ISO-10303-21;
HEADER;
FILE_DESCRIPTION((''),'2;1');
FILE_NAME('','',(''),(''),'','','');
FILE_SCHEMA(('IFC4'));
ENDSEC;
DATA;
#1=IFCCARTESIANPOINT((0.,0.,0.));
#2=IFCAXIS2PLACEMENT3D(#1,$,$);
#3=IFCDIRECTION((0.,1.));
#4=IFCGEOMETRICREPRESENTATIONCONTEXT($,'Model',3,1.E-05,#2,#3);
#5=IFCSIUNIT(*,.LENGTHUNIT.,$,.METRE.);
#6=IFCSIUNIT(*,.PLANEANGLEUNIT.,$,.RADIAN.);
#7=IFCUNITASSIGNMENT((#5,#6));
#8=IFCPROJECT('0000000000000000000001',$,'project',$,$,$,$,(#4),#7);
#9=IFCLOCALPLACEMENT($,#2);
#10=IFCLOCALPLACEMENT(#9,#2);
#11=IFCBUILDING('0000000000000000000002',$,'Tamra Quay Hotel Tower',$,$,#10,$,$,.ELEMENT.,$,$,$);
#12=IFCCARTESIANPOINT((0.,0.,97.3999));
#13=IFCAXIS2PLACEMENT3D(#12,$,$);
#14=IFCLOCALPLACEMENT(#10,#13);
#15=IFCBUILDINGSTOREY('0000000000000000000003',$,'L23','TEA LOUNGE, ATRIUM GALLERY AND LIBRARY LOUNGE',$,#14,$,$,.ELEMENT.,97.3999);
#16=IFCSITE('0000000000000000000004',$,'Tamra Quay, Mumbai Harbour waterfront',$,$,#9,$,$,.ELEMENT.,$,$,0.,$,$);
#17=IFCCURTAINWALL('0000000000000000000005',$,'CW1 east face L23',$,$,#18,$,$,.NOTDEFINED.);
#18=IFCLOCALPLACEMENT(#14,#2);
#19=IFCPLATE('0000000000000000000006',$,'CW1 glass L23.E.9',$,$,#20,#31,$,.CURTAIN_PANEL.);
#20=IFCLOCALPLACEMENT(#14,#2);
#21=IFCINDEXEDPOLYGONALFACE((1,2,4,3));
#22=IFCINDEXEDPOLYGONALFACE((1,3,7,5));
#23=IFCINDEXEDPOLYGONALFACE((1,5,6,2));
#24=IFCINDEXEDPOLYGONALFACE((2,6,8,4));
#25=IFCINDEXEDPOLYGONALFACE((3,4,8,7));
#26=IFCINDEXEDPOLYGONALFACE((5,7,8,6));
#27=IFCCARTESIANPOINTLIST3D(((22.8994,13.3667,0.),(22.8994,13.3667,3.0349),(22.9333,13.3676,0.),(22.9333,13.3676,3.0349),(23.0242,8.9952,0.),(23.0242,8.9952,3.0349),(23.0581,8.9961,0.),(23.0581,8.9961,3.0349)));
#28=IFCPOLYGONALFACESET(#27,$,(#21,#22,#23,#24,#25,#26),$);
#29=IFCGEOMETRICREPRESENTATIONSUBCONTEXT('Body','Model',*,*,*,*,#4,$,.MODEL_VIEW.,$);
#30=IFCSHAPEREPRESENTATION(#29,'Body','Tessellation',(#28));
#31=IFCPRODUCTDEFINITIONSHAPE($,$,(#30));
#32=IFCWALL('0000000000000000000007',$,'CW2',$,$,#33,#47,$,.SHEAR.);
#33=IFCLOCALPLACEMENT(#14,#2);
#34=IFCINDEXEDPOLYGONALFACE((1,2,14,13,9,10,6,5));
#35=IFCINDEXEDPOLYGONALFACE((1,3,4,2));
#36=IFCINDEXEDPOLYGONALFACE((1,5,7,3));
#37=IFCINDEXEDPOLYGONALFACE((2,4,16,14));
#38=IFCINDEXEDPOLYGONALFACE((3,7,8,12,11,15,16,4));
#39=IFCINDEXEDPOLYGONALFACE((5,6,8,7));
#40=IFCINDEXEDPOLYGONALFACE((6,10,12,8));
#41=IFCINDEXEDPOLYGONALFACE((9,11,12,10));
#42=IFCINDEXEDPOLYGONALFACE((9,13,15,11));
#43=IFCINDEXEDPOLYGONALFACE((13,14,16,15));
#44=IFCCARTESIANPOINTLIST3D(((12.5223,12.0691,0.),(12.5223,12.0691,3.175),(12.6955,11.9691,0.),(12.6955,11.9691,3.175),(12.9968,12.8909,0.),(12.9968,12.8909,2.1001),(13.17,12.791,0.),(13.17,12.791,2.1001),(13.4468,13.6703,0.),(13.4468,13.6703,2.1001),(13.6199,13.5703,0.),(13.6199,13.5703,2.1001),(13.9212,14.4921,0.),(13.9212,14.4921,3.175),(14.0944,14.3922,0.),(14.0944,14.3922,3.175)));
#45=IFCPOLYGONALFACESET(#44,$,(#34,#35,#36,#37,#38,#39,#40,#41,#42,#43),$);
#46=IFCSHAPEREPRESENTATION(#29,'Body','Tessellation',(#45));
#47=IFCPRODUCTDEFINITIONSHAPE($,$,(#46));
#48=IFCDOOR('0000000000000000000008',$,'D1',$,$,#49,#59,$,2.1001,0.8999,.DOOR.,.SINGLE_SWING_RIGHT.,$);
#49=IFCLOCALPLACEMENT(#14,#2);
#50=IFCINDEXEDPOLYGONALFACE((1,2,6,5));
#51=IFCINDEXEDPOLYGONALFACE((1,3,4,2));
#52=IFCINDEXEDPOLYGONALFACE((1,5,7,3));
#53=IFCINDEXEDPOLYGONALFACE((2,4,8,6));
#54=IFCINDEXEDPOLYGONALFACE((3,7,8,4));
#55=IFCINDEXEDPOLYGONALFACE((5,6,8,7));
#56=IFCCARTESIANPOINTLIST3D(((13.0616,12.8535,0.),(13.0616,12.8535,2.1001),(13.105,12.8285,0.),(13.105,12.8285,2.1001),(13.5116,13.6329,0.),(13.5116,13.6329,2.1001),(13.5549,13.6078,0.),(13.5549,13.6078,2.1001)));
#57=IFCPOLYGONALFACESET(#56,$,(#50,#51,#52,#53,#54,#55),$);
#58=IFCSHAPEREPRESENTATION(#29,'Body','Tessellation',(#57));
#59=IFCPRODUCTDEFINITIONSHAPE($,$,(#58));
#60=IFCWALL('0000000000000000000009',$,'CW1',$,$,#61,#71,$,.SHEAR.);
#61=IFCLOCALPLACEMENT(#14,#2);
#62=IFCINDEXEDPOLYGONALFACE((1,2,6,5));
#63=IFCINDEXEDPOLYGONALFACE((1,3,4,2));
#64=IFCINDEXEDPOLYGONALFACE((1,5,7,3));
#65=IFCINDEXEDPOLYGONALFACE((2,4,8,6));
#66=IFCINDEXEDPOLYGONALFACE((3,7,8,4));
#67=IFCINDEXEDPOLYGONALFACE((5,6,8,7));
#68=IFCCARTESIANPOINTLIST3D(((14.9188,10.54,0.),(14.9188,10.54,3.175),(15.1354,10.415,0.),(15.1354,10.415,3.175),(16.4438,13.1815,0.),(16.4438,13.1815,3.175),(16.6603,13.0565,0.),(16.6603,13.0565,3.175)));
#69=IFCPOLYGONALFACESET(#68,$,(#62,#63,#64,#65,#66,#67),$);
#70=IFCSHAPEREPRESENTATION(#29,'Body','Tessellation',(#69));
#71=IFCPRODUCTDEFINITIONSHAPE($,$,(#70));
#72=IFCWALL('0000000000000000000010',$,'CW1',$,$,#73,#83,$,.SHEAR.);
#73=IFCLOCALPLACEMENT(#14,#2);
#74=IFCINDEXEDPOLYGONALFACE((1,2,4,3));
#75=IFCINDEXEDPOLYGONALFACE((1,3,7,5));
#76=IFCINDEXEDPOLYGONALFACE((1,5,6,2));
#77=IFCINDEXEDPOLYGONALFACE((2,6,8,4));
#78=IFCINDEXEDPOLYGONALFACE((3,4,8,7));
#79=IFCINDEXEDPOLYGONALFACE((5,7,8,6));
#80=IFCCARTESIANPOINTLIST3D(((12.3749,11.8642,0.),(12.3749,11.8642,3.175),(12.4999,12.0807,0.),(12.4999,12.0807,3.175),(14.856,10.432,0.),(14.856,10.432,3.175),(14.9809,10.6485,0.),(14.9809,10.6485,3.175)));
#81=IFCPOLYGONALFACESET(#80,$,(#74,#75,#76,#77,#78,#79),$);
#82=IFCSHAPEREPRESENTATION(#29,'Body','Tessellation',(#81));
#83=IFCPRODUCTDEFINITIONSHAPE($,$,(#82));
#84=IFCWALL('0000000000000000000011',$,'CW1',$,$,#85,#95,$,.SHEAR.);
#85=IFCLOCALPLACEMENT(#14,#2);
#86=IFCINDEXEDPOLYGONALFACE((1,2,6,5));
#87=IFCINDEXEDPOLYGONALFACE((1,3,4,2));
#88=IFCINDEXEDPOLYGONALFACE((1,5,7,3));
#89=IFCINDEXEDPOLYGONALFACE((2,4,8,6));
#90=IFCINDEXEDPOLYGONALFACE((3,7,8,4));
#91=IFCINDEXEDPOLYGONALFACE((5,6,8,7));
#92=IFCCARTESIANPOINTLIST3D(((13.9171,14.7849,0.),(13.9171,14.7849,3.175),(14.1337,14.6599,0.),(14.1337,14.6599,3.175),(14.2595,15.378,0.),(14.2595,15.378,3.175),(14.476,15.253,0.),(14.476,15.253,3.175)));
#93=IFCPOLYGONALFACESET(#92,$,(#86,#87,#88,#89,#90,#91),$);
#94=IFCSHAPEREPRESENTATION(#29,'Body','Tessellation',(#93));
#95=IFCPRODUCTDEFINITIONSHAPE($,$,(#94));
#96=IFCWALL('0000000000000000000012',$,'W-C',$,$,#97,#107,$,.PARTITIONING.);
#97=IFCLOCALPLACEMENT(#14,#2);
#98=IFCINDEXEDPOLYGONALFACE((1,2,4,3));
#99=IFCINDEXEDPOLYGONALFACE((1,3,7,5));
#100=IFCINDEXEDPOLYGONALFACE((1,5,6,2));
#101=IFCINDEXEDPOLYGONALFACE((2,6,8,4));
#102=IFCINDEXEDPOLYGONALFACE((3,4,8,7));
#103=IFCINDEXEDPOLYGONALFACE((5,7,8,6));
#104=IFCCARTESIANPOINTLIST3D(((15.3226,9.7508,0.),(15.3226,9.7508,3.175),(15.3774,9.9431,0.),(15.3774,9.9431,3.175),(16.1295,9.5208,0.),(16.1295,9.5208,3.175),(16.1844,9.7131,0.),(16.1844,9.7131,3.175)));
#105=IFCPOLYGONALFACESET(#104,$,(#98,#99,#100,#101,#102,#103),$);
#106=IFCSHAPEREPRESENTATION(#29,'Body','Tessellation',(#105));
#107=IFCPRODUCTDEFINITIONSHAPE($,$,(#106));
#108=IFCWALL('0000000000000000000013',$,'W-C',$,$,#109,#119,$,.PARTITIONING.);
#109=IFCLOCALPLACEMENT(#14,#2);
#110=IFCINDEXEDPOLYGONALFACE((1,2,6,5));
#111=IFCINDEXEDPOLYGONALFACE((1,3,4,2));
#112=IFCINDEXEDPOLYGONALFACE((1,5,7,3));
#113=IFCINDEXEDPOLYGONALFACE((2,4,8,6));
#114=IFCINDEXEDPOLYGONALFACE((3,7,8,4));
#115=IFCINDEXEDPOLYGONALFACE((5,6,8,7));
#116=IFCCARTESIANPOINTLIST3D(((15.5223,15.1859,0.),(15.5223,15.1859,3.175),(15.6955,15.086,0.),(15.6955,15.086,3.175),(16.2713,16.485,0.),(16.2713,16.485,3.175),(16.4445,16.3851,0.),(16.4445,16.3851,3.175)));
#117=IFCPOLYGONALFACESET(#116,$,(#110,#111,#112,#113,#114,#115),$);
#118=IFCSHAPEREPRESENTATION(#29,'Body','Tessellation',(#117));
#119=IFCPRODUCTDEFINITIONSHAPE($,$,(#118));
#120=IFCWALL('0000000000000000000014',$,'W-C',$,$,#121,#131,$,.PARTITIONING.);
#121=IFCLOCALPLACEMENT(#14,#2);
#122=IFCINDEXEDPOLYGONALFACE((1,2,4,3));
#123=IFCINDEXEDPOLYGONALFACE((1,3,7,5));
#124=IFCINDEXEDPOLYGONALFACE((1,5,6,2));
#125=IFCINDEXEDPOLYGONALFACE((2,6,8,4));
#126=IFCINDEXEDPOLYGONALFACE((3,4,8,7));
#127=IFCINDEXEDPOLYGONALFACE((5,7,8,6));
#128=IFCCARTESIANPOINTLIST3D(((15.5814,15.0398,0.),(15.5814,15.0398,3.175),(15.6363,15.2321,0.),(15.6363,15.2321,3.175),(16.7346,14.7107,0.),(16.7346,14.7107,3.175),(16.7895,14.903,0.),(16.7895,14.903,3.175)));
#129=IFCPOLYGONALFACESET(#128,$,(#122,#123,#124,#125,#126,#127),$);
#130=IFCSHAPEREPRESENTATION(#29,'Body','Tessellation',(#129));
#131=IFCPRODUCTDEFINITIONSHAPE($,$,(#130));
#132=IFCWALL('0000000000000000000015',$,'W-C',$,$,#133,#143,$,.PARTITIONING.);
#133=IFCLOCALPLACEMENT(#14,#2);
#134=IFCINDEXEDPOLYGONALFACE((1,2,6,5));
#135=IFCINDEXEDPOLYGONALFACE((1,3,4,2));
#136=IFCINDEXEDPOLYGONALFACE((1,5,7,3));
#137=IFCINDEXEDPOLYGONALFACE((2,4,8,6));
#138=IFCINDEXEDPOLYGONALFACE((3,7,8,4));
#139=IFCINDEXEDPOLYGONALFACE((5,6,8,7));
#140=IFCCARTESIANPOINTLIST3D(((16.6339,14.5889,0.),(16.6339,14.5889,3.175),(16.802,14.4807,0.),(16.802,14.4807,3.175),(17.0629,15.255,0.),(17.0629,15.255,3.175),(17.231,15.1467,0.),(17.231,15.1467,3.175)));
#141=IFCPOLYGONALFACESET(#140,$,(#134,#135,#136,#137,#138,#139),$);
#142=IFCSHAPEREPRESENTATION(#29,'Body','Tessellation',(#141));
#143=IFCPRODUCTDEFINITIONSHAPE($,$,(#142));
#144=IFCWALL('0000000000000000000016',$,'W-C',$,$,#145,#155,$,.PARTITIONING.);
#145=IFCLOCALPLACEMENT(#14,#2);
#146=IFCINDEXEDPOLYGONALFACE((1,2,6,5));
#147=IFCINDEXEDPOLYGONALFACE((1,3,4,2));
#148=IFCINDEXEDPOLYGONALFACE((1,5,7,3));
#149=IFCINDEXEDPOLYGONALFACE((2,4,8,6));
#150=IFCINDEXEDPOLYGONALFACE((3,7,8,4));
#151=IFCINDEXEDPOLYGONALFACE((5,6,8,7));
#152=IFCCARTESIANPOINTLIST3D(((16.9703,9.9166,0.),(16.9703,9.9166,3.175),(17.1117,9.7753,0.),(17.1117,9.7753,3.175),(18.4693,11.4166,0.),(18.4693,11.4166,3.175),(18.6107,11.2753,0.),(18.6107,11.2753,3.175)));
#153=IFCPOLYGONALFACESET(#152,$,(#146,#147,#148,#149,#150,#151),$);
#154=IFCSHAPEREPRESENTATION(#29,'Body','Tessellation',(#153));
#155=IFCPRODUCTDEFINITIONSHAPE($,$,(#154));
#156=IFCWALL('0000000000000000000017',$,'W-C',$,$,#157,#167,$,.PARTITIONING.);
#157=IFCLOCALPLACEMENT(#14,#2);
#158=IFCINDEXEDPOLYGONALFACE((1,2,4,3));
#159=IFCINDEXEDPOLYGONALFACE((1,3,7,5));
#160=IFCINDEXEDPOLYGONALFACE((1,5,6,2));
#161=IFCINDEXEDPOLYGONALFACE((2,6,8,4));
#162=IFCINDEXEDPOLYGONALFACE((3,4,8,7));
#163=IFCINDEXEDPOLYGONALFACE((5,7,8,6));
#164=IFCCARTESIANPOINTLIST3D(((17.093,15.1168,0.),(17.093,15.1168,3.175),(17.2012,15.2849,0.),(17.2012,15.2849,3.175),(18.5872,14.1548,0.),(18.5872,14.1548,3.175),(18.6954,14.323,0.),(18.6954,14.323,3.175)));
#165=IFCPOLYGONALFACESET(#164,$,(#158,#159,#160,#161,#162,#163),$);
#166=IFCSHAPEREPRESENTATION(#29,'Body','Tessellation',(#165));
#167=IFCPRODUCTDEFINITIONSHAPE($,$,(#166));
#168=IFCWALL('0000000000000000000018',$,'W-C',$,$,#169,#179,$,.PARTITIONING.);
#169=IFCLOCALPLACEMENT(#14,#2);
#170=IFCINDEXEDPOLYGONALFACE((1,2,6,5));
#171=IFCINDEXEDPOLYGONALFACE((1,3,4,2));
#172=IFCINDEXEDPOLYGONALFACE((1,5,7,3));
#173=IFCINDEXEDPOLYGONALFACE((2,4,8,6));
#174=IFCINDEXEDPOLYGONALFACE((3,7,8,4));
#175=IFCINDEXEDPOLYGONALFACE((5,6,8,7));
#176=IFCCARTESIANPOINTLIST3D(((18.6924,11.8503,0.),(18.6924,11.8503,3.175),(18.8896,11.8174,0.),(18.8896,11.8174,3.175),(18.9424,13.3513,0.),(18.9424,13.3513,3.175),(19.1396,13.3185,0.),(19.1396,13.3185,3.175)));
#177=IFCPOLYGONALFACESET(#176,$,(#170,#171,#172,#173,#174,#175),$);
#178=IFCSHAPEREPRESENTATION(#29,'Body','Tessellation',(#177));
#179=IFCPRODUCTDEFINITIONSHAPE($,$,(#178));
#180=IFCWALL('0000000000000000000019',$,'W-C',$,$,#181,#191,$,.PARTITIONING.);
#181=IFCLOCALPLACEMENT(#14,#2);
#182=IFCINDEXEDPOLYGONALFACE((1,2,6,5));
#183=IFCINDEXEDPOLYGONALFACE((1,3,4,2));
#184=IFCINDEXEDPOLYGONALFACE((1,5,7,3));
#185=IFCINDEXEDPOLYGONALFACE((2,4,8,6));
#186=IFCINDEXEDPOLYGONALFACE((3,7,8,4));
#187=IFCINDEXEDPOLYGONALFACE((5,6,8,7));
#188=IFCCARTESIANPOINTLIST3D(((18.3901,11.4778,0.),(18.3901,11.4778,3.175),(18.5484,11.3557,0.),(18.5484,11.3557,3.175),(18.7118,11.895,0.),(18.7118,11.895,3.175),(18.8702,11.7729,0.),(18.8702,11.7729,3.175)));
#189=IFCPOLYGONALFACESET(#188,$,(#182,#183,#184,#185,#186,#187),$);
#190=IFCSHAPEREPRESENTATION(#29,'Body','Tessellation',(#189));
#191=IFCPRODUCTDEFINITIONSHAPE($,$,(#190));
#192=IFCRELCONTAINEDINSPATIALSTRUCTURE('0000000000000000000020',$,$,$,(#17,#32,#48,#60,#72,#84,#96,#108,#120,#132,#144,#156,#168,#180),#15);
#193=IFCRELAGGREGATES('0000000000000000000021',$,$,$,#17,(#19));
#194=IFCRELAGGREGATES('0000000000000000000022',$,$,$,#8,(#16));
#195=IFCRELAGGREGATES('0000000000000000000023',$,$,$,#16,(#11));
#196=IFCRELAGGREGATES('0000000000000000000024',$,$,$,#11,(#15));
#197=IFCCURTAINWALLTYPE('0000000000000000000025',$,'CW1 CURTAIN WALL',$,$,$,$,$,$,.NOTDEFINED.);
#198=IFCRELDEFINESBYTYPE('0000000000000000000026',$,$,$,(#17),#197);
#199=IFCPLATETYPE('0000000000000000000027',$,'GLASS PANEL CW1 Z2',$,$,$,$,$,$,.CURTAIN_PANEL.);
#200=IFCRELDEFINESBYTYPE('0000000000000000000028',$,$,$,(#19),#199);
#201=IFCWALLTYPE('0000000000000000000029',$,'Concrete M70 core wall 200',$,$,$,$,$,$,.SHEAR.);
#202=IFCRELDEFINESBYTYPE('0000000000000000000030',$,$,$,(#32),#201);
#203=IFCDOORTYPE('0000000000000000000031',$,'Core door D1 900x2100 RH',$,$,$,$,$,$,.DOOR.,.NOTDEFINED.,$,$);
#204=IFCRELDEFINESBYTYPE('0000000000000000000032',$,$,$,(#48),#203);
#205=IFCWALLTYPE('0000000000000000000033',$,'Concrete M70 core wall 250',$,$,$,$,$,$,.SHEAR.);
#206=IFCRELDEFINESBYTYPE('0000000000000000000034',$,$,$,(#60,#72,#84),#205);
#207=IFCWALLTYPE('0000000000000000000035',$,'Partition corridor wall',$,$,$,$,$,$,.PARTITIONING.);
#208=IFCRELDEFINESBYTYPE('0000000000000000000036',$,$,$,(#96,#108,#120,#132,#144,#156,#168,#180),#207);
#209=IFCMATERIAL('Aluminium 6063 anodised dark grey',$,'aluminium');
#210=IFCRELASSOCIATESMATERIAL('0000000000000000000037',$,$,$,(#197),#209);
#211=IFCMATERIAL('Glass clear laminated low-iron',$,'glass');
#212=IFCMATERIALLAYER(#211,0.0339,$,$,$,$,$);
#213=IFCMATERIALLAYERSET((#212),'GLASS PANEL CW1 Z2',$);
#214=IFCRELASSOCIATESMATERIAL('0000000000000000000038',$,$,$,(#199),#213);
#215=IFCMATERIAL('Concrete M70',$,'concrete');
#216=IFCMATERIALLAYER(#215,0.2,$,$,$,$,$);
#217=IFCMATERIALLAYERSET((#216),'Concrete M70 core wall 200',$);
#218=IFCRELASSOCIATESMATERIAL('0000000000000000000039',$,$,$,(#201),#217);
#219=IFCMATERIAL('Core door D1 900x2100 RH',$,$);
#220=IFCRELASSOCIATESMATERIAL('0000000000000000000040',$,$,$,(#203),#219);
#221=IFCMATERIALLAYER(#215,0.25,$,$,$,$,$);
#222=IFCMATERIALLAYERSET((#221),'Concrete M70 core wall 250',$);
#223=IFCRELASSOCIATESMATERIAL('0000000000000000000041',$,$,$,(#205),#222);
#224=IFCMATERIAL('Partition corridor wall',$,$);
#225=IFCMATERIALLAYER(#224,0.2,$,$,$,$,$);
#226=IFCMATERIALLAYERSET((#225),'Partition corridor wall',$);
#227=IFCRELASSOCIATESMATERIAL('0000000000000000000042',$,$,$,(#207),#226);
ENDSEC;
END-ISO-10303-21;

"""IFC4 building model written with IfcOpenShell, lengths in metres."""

from ifc_helpers import new_model, si_unit, direction, frame, frame_2d, origin, origin_2d, place, context, subcontext, project, spatial, rectangle, extrude, material, layer, layer_set, type_object, element, fill, aggregate, save


model = new_model("IFC4")

# Units and contexts
model_context = context("Model", 3, precision=1e-05, world=origin(), true_north=direction((0.0, 1.0)))
body_context = subcontext(model_context, "Body", "Model", "MODEL_VIEW")
ifc_project = project(units=[si_unit("LENGTHUNIT", "METRE"), si_unit("PLANEANGLEUNIT", "RADIAN")], contexts=[model_context])

# Site, building, storey
site_placement = place(None, origin())
site = spatial("IfcSite", under=ifc_project, at=site_placement, Name="Tamra Quay, Mumbai Harbour waterfront", CompositionType="ELEMENT", RefElevation=0.0)
building_placement = place(site_placement, origin())
building = spatial("IfcBuilding", under=site, at=building_placement, Name="Tamra Quay Hotel Tower", CompositionType="ELEMENT")
storey_placement = place(building_placement, frame((0.0, 0.0, 97.3999)))
storey = spatial("IfcBuildingStorey", under=building, at=storey_placement, Name="L23", Description="TEA LOUNGE, ATRIUM GALLERY AND LIBRARY LOUNGE", CompositionType="ELEMENT", Elevation=97.3999)

# Shared definitions
ifc_material_1 = material(Name="Concrete M70", Category="concrete")

# Curtain wall
ifc_material_2 = material(Name="Aluminium 6063 anodised dark grey", Category="aluminium")
curtain_wall_type = type_object("IfcCurtainWallType", Name="CW1 CURTAIN WALL", PredefinedType="NOTDEFINED", material=ifc_material_2)
curtain_wall_placement = place(storey_placement, origin())
curtain_wall = element("IfcCurtainWall", 1, at=curtain_wall_placement, inside=storey, type_object=curtain_wall_type, Name="CW1 east face L23", PredefinedType="NOTDEFINED")

# Plate
ifc_material_3 = material(Name="Glass clear laminated low-iron", Category="glass")
ifc_layer_1 = layer(ifc_material_3, 0.0339)
ifc_layer_set_1 = layer_set([ifc_layer_1], Name="GLASS PANEL CW1 Z2")
plate_type = type_object("IfcPlateType", Name="GLASS PANEL CW1 Z2", PredefinedType="CURTAIN_PANEL", material=ifc_layer_set_1)
plate_1_placement = place(storey_placement, frame((22.9788, 11.1814, 0.0), z_axis=(0.0, 0.0, 1.0), x_axis=(-0.028546, 0.999592, 0.0)))
plate_1 = element("IfcPlate", 2, at=plate_1_placement, type_object=plate_type, Name="CW1 glass L23.E.9", PredefinedType="CURTAIN_PANEL", context=body_context, shape_type="SweptSolid", body=[
    extrude(rectangle(XDim=4.3733, YDim=0.0339, at=origin_2d()), origin(), (0.0, 0.0, 1.0), 3.0349),
])
aggregate(curtain_wall, [plate_1])

# Wall, opening, door
ifc_layer_2 = layer(ifc_material_1, 0.2)
ifc_layer_set_2 = layer_set([ifc_layer_2], Name="Concrete M70 core wall 200")
wall_type_1 = type_object("IfcWallType", Name="Concrete M70 core wall 200", PredefinedType="SHEAR", material=ifc_layer_set_2)
wall_1_placement = place(storey_placement, frame((14.0078, 14.4421, 0.0), z_axis=(0.0, 0.0, 1.0), x_axis=(-0.499987, -0.866033, 0.0)))
wall_1 = element("IfcWall", 3, at=wall_1_placement, inside=storey, type_object=wall_type_1, Name="CW2", PredefinedType="SHEAR", context=body_context, shape_type="SweptSolid", body=[
    extrude(rectangle(XDim=2.7979, YDim=0.2, at=frame_2d((1.3989, 0.0))), origin(), (0.0, 0.0, 1.0), 3.175),
])
opening_placement = place(wall_1_placement, frame((0.949, 0.0, 0.0)))
opening = element("IfcOpeningElement", 4, at=opening_placement, cuts=wall_1, PredefinedType="OPENING", context=body_context, shape_type="SweptSolid", body=[
    extrude(rectangle(XDim=0.8999, YDim=2.1001, at=frame_2d((0.45, 1.05))), frame((0.0, 0.1099, 0.0), z_axis=(0.0, -1.0, 0.0), x_axis=(1.0, 0.0, 0.0)), (0.0, 0.0, 1.0), 0.22),
])
ifc_material_4 = material(Name="Core door D1 900x2100 RH")
door_type = type_object("IfcDoorType", Name="Core door D1 900x2100 RH", OperationType="NOTDEFINED", PredefinedType="DOOR", material=ifc_material_4)
door_placement = place(opening_placement, origin())
door = element("IfcDoor", 5, at=door_placement, inside=storey, type_object=door_type, Name="D1", OperationType="SINGLE_SWING_RIGHT", OverallHeight=2.1001, OverallWidth=0.8999, PredefinedType="DOOR", context=body_context, shape_type="SweptSolid", body=[
    extrude(rectangle(XDim=0.8999, YDim=2.1001, at=frame_2d((0.45, 1.05))), frame((0.0, 0.0249, 0.0), z_axis=(0.0, -1.0, 0.0), x_axis=(1.0, 0.0, 0.0)), (0.0, 0.0, 1.0), 0.05),
])
fill(opening, door)

# Walls
ifc_layer_3 = layer(ifc_material_1, 0.25)
ifc_layer_set_3 = layer_set([ifc_layer_3], Name="Concrete M70 core wall 250")
wall_type_2 = type_object("IfcWallType", Name="Concrete M70 core wall 250", PredefinedType="SHEAR", material=ifc_layer_set_3)
wall_2_placement = place(storey_placement, frame((16.552, 13.1189, 0.0), z_axis=(0.0, 0.0, 1.0), x_axis=(-0.499979, -0.866038, 0.0)))
element("IfcWall", 6, at=wall_2_placement, inside=storey, type_object=wall_type_2, Name="CW1", PredefinedType="SHEAR", context=body_context, shape_type="SweptSolid", body=[
    extrude(rectangle(XDim=3.05, YDim=0.25, at=frame_2d((1.5249, 0.0))), origin(), (0.0, 0.0, 1.0), 3.175),
])
wall_3_placement = place(storey_placement, frame((14.9185, 10.5403, 0.0), z_axis=(0.0, 0.0, 1.0), x_axis=(-0.866064, 0.499934, 0.0)))
element("IfcWall", 7, at=wall_3_placement, inside=storey, type_object=wall_type_2, Name="CW1", PredefinedType="SHEAR", context=body_context, shape_type="SweptSolid", body=[
    extrude(rectangle(XDim=2.8647, YDim=0.25, at=frame_2d((1.4324, 0.0))), origin(), (0.0, 0.0, 1.0), 3.175),
])
wall_4_placement = place(storey_placement, frame((14.3677, 15.3154, 0.0), z_axis=(0.0, 0.0, 1.0), x_axis=(-0.499897, -0.866085, 0.0)))
element("IfcWall", 8, at=wall_4_placement, inside=storey, type_object=wall_type_2, Name="CW1", PredefinedType="SHEAR", context=body_context, shape_type="SweptSolid", body=[
    extrude(rectangle(XDim=0.6848, YDim=0.25, at=frame_2d((0.3423, 0.0))), origin(), (0.0, 0.0, 1.0), 3.175),
])
ifc_material_5 = material(Name="Partition corridor wall")
ifc_layer_4 = layer(ifc_material_5, 0.2)
ifc_layer_set_4 = layer_set([ifc_layer_4], Name="Partition corridor wall")
wall_type_3 = type_object("IfcWallType", Name="Partition corridor wall", PredefinedType="PARTITIONING", material=ifc_layer_set_4)
wall_5_placement = place(storey_placement, frame((15.3501, 9.8469, 0.0), z_axis=(0.0, 0.0, 1.0), x_axis=(0.961699, -0.274106, 0.0)))
element("IfcWall", 9, at=wall_5_placement, inside=storey, type_object=wall_type_3, Name="W-C", PredefinedType="PARTITIONING", context=body_context, shape_type="SweptSolid", body=[
    extrude(rectangle(XDim=0.8391, YDim=0.2, at=frame_2d((0.4194, 0.0))), origin(), (0.0, 0.0, 1.0), 3.175),
])
wall_6_placement = place(storey_placement, frame((15.6089, 15.136, 0.0), z_axis=(0.0, 0.0, 1.0), x_axis=(0.499502, 0.866313, 0.0)))
element("IfcWall", 10, at=wall_6_placement, inside=storey, type_object=wall_type_3, Name="W-C", PredefinedType="PARTITIONING", context=body_context, shape_type="SweptSolid", body=[
    extrude(rectangle(XDim=1.4995, YDim=0.2, at=frame_2d((0.7498, 0.0))), origin(), (0.0, 0.0, 1.0), 3.175),
])
wall_7_placement = place(storey_placement, frame((15.6089, 15.136, 0.0), z_axis=(0.0, 0.0, 1.0), x_axis=(0.961601, -0.274452, 0.0)))
element("IfcWall", 11, at=wall_7_placement, inside=storey, type_object=wall_type_3, Name="W-C", PredefinedType="PARTITIONING", context=body_context, shape_type="SweptSolid", body=[
    extrude(rectangle(XDim=1.1992, YDim=0.2, at=frame_2d((0.5996, 0.0))), origin(), (0.0, 0.0, 1.0), 3.175),
])
wall_8_placement = place(storey_placement, frame((16.718, 14.5349, 0.0), z_axis=(0.0, 0.0, 1.0), x_axis=(0.541474, 0.840718, 0.0)))
element("IfcWall", 12, at=wall_8_placement, inside=storey, type_object=wall_type_3, Name="W-C", PredefinedType="PARTITIONING", context=body_context, shape_type="SweptSolid", body=[
    extrude(rectangle(XDim=0.7922, YDim=0.2, at=frame_2d((0.396, 0.0))), origin(), (0.0, 0.0, 1.0), 3.175),
])
wall_9_placement = place(storey_placement, frame((17.041, 9.8459, 0.0), z_axis=(0.0, 0.0, 1.0), x_axis=(0.706876, 0.707337, 0.0)))
element("IfcWall", 13, at=wall_9_placement, inside=storey, type_object=wall_type_3, Name="W-C", PredefinedType="PARTITIONING", context=body_context, shape_type="SweptSolid", body=[
    extrude(rectangle(XDim=2.1206, YDim=0.2, at=frame_2d((1.0603, 0.0))), origin(), (0.0, 0.0, 1.0), 3.175),
])
wall_10_placement = place(storey_placement, frame((17.147, 15.2009, 0.0), z_axis=(0.0, 0.0, 1.0), x_axis=(0.840821, -0.541313, 0.0)))
element("IfcWall", 14, at=wall_10_placement, inside=storey, type_object=wall_type_3, Name="W-C", PredefinedType="PARTITIONING", context=body_context, shape_type="SweptSolid", body=[
    extrude(rectangle(XDim=1.7771, YDim=0.2, at=frame_2d((0.8887, 0.0))), origin(), (0.0, 0.0, 1.0), 3.175),
])
wall_11_placement = place(storey_placement, frame((18.791, 11.834, 0.0), z_axis=(0.0, 0.0, 1.0), x_axis=(0.164295, 0.986411, 0.0)))
element("IfcWall", 15, at=wall_11_placement, inside=storey, type_object=wall_type_3, Name="W-C", PredefinedType="PARTITIONING", context=body_context, shape_type="SweptSolid", body=[
    extrude(rectangle(XDim=1.5217, YDim=0.2, at=frame_2d((0.7607, 0.0))), origin(), (0.0, 0.0, 1.0), 3.175),
])
wall_12_placement = place(storey_placement, frame((18.791, 11.834, 0.0), z_axis=(0.0, 0.0, 1.0), x_axis=(-0.610696, -0.791865, 0.0)))
element("IfcWall", 16, at=wall_12_placement, inside=storey, type_object=wall_type_3, Name="W-C", PredefinedType="PARTITIONING", context=body_context, shape_type="SweptSolid", body=[
    extrude(rectangle(XDim=0.5269, YDim=0.2, at=frame_2d((0.2634, 0.0))), origin(), (0.0, 0.0, 1.0), 3.175),
])

save(model, "model.ifc")
